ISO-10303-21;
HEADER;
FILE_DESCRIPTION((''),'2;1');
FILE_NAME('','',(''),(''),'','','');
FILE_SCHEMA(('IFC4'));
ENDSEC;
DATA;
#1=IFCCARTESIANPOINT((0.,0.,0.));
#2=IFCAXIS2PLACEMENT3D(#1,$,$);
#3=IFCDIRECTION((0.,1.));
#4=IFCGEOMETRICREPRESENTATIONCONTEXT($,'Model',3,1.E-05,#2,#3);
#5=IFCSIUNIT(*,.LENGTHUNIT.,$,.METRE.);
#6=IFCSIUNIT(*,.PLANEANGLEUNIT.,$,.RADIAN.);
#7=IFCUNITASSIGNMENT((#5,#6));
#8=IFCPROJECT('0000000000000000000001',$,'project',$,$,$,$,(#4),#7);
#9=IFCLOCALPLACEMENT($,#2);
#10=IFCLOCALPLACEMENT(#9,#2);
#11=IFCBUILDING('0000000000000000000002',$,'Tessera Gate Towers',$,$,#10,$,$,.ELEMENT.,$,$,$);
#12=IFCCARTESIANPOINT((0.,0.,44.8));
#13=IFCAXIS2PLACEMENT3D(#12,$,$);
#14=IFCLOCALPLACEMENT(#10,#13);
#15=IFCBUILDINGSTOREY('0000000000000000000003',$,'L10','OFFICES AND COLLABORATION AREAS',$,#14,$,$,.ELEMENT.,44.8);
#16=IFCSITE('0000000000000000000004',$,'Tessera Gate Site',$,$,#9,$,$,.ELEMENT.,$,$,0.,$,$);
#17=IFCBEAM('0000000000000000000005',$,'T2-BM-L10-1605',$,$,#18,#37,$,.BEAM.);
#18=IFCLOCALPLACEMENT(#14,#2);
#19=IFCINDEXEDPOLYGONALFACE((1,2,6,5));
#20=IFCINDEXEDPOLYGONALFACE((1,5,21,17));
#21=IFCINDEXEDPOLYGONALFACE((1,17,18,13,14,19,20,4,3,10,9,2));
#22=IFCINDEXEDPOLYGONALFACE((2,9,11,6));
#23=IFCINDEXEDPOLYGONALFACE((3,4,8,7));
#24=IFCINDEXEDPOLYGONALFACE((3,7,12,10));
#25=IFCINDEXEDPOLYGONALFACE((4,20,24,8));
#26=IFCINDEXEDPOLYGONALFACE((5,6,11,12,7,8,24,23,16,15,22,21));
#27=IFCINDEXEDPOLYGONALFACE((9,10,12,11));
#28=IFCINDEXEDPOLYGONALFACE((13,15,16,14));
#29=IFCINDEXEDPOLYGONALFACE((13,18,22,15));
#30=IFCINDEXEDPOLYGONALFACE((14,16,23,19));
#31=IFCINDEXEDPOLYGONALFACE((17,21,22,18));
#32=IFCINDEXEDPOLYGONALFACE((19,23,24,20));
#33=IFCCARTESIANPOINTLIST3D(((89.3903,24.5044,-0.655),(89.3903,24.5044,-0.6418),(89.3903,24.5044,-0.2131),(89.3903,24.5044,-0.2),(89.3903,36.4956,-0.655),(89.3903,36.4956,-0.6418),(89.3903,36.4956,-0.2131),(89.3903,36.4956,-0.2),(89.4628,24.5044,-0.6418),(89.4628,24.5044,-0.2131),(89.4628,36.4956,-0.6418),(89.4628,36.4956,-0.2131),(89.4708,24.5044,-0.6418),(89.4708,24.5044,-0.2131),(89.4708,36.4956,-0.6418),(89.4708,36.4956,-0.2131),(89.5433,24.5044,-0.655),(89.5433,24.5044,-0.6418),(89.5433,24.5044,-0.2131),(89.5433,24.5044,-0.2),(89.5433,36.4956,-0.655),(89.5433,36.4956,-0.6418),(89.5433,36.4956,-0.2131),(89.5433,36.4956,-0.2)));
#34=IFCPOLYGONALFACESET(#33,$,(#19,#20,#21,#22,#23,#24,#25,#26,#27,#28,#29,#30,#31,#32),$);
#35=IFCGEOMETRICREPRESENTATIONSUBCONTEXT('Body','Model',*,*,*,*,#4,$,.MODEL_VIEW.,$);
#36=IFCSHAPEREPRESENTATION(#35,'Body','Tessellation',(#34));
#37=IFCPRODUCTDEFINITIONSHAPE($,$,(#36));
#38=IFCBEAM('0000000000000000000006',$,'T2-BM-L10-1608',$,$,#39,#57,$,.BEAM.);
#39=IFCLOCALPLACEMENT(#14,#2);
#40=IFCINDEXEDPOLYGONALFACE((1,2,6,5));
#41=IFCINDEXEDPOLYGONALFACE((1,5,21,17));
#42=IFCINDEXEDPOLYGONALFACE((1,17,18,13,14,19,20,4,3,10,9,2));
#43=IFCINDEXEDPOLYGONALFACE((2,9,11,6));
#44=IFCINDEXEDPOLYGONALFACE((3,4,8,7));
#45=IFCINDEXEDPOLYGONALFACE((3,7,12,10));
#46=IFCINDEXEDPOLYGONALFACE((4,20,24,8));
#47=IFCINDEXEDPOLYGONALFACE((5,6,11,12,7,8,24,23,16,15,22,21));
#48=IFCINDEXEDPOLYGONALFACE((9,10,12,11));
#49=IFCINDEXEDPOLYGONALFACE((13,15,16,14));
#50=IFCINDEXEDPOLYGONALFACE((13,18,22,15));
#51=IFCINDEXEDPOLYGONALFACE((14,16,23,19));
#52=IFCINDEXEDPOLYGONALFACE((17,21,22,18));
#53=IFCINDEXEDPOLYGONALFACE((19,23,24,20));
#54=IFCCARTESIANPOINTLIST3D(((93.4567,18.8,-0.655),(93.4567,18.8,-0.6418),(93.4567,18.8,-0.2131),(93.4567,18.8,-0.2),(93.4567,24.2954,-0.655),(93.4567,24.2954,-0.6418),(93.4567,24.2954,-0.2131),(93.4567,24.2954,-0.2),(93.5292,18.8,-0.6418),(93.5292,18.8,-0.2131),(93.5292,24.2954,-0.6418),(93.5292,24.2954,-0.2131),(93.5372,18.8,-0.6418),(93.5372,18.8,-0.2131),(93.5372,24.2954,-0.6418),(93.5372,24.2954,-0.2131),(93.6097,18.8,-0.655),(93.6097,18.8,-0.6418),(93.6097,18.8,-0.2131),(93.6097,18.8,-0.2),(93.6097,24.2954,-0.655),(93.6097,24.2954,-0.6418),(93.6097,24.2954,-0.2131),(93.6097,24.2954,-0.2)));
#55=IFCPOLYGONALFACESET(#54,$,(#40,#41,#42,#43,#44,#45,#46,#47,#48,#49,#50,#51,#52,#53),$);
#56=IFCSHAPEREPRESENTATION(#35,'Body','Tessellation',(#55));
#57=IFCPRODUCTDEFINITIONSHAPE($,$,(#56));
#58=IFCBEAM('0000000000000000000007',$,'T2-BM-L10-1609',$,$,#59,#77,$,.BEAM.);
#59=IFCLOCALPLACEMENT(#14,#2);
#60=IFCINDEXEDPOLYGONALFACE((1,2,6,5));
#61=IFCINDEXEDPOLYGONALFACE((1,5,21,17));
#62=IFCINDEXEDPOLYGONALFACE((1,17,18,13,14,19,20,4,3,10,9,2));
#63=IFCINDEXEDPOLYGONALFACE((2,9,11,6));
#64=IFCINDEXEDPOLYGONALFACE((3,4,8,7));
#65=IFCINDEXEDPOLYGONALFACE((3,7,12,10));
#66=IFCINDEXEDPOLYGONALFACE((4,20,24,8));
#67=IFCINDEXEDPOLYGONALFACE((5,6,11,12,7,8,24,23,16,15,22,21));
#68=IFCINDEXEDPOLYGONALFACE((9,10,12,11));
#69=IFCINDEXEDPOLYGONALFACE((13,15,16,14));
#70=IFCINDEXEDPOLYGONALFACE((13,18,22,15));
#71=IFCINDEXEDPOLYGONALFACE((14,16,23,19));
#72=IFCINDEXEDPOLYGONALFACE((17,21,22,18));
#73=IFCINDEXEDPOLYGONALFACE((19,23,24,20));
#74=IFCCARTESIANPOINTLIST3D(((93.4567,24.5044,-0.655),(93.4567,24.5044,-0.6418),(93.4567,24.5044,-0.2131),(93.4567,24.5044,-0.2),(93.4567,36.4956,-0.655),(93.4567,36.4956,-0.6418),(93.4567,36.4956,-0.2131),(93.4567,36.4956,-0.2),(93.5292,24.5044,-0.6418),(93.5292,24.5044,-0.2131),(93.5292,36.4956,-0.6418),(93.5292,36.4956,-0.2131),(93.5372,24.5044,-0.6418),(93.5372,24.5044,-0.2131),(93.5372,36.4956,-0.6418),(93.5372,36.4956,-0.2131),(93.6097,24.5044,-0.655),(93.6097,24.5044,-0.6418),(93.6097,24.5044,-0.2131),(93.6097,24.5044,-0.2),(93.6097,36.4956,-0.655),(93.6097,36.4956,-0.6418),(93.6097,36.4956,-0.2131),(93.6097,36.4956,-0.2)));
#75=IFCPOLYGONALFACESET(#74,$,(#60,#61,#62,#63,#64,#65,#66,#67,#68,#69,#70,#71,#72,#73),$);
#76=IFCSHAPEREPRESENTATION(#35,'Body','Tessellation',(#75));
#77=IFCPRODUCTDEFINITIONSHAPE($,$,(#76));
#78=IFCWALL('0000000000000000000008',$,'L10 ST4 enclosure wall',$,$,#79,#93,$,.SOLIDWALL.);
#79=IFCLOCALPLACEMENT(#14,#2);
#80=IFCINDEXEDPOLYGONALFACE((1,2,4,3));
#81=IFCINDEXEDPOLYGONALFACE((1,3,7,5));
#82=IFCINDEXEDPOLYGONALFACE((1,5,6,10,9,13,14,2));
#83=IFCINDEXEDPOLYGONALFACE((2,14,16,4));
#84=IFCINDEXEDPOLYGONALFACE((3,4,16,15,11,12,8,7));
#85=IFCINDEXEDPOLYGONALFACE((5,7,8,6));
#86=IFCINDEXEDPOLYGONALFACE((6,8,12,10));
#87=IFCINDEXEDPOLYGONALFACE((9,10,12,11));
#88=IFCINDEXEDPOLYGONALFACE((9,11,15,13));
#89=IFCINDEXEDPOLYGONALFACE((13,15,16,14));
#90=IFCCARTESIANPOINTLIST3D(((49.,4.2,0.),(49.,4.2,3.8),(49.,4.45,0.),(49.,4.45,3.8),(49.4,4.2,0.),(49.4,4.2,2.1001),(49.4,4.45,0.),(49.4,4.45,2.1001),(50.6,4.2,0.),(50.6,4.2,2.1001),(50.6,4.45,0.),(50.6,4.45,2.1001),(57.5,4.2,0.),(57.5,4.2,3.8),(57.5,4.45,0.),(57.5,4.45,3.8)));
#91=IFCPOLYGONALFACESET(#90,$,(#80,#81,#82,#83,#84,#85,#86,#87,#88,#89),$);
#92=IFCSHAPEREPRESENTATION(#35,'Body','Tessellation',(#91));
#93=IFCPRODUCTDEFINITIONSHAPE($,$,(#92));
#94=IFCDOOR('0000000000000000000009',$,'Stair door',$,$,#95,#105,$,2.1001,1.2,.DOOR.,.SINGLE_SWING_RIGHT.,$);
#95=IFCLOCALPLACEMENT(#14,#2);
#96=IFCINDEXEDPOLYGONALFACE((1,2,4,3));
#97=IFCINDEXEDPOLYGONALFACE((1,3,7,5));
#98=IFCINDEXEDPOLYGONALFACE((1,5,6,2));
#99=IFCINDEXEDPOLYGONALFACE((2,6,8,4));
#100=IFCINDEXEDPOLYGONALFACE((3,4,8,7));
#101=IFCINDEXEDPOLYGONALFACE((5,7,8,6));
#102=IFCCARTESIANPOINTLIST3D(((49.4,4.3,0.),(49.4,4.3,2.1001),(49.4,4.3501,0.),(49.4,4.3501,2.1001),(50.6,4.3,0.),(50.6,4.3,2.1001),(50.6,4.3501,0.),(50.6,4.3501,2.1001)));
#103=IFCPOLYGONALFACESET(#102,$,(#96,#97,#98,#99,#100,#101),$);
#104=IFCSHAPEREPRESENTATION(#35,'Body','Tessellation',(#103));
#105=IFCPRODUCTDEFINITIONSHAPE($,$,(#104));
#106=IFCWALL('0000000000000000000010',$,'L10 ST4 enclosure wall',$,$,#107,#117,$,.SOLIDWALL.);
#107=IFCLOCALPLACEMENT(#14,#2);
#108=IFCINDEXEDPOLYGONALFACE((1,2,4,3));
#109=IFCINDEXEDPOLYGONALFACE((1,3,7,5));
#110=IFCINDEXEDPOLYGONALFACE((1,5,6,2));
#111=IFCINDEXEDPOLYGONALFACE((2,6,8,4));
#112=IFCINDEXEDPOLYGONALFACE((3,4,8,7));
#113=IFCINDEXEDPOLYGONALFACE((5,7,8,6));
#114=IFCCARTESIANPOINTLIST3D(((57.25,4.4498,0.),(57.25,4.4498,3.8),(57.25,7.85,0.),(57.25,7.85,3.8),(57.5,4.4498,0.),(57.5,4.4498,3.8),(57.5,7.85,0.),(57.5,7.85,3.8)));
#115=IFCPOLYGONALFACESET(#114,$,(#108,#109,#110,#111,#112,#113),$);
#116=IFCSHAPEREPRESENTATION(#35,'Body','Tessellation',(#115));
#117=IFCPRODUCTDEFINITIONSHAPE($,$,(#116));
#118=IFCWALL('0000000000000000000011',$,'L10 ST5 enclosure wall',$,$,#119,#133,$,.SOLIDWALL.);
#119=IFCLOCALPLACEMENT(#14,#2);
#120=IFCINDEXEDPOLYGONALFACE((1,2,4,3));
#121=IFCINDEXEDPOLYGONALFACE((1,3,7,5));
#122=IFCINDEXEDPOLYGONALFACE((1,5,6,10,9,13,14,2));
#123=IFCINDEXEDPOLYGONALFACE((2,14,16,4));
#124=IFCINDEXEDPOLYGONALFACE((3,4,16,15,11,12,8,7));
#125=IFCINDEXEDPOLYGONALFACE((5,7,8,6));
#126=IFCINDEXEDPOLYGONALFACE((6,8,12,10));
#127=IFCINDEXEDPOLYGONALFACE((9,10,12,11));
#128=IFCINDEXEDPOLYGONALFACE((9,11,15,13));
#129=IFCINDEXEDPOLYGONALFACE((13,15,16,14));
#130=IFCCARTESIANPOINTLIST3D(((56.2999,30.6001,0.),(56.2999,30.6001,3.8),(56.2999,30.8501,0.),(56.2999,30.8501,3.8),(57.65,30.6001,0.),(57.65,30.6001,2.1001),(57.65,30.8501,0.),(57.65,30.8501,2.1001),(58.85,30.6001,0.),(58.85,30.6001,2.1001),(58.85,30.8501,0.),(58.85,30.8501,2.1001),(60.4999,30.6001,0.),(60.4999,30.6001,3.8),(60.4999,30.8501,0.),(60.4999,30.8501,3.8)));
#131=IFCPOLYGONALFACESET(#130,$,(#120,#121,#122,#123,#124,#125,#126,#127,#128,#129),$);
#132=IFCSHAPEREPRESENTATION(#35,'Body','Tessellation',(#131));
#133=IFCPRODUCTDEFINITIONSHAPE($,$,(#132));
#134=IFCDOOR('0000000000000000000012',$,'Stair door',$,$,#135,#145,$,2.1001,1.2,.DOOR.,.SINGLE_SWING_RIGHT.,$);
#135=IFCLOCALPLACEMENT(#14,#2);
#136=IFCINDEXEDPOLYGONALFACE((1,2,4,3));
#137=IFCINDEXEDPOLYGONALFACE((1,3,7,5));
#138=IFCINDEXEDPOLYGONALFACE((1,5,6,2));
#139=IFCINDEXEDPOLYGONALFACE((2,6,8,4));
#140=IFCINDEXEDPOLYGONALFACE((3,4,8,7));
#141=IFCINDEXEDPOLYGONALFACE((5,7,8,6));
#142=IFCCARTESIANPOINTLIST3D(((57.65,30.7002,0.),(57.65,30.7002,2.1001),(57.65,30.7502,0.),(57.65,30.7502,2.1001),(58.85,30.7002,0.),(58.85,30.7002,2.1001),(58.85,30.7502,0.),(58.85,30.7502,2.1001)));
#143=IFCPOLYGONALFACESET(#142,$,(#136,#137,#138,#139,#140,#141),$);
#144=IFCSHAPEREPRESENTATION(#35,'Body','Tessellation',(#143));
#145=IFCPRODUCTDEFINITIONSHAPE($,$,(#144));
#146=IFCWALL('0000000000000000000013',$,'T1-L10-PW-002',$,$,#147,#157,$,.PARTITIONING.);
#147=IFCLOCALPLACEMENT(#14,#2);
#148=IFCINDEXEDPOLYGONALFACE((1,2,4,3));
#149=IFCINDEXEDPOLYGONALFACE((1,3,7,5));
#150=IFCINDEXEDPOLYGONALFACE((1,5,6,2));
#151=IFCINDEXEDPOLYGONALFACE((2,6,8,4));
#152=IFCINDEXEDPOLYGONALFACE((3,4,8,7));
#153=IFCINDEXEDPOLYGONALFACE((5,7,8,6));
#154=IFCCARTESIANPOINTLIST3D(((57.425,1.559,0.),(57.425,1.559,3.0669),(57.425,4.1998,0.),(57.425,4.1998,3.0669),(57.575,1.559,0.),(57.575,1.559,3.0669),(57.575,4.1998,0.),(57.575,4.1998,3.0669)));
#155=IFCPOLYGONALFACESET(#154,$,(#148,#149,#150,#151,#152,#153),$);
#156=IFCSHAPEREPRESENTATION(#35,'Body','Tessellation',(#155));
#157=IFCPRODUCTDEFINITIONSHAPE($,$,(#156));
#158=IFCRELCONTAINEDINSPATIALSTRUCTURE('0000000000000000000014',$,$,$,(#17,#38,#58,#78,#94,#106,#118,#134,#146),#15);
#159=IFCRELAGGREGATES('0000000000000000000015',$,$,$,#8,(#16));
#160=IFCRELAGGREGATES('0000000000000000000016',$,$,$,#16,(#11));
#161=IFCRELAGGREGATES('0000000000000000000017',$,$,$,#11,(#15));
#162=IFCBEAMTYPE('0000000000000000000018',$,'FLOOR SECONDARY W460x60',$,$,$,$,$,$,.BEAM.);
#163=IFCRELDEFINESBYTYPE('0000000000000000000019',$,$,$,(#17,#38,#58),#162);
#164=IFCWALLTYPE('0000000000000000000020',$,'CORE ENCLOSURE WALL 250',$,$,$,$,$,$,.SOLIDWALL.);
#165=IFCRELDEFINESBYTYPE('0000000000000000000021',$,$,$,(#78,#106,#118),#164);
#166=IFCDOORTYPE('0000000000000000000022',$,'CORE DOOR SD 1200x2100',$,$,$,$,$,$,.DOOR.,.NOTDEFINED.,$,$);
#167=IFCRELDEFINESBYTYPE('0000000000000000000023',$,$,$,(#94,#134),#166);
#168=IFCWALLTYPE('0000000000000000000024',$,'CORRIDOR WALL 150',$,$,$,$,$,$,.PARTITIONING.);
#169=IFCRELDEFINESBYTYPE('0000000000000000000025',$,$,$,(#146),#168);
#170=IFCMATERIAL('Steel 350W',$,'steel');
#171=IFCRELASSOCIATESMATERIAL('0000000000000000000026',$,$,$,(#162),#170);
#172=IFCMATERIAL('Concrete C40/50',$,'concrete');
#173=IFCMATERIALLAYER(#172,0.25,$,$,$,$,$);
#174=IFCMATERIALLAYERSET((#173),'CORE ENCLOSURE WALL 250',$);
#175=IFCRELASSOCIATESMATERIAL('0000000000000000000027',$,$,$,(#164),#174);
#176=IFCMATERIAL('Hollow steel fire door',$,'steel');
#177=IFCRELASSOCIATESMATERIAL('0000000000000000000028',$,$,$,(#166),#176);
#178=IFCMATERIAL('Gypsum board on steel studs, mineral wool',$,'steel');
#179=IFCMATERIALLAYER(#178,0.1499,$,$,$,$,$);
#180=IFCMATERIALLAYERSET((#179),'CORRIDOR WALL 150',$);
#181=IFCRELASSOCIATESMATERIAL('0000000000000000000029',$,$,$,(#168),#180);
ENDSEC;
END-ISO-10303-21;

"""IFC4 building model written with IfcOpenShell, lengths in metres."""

from ifc_helpers import new_model, si_unit, direction, frame, frame_2d, origin, origin_2d, place, context, subcontext, project, spatial, rectangle, i_section, extrude, source, transform, mapped, material, layer, layer_set, material_profile, profile_set, type_object, element, fill, save


model = new_model("IFC4")

# Units and contexts
model_context = context("Model", 3, precision=1e-05, world=origin(), true_north=direction((0.0, 1.0)))
body_context = subcontext(model_context, "Body", "Model", "MODEL_VIEW")
ifc_project = project(units=[si_unit("LENGTHUNIT", "METRE"), si_unit("PLANEANGLEUNIT", "RADIAN")], contexts=[model_context])

# Site, building, storey
site_placement = place(None, origin())
site = spatial("IfcSite", under=ifc_project, at=site_placement, Name="Tessera Gate Site", CompositionType="ELEMENT", RefElevation=0.0)
building_placement = place(site_placement, origin())
building = spatial("IfcBuilding", under=site, at=building_placement, Name="Tessera Gate Towers", CompositionType="ELEMENT")
storey_placement = place(building_placement, frame((0.0, 0.0, 44.8)))
storey = spatial("IfcBuildingStorey", under=building, at=storey_placement, Name="L10", Description="OFFICES AND COLLABORATION AREAS", CompositionType="ELEMENT", Elevation=44.8)

# Beams
ifc_material_1 = material(Name="Steel 350W", Category="steel")
ifc_material_profile_1 = material_profile(ifc_material_1, i_section(OverallWidth=0.1531, OverallDepth=0.4551, WebThickness=0.0081, FlangeThickness=0.0132, at=origin_2d()), Name="W460x60")
ifc_profile_set_1 = profile_set([ifc_material_profile_1], Name="Steel 350W")
beam_type_1 = type_object("IfcBeamType", Name="FLOOR SECONDARY W460x60", PredefinedType="BEAM", material=ifc_profile_set_1)
beam_1_placement = place(storey_placement, frame((89.4668, 24.5044, -0.4275), z_axis=(0.0, 1.0, 0.0), x_axis=(-1.0, 0.0, 0.0)))
element("IfcBeam", 1, at=beam_1_placement, inside=storey, type_object=beam_type_1, Name="T2-BM-L10-1605", PredefinedType="BEAM", context=body_context, shape_type="SweptSolid", body=[
    extrude(i_section(OverallWidth=0.1531, OverallDepth=0.4551, WebThickness=0.0081, FlangeThickness=0.0132, at=origin_2d()), origin(), (0.0, 0.0, 1.0), 11.9912),
])
beam_2_placement = place(storey_placement, frame((93.5332, 18.8, -0.4275), z_axis=(0.0, 1.0, 0.0), x_axis=(-1.0, 0.0, 0.0)))
element("IfcBeam", 2, at=beam_2_placement, inside=storey, type_object=beam_type_1, Name="T2-BM-L10-1608", PredefinedType="BEAM", context=body_context, shape_type="SweptSolid", body=[
    extrude(i_section(OverallWidth=0.1531, OverallDepth=0.4551, WebThickness=0.0081, FlangeThickness=0.0132, at=origin_2d()), origin(), (0.0, 0.0, 1.0), 5.4954),
])
beam_3_placement = place(storey_placement, frame((93.5332, 24.5044, -0.4275), z_axis=(0.0, 1.0, 0.0), x_axis=(-1.0, 0.0, 0.0)))
element("IfcBeam", 3, at=beam_3_placement, inside=storey, type_object=beam_type_1, Name="T2-BM-L10-1609", PredefinedType="BEAM", context=body_context, shape_type="SweptSolid", body=[
    extrude(i_section(OverallWidth=0.1531, OverallDepth=0.4551, WebThickness=0.0081, FlangeThickness=0.0132, at=origin_2d()), origin(), (0.0, 0.0, 1.0), 11.9912),
])

# Wall, opening, door
ifc_material_2 = material(Name="Concrete C40/50", Category="concrete")
ifc_layer_1 = layer(ifc_material_2, 0.25)
ifc_layer_set_1 = layer_set([ifc_layer_1], Name="CORE ENCLOSURE WALL 250")
wall_type_1 = type_object("IfcWallType", Name="CORE ENCLOSURE WALL 250", PredefinedType="SOLIDWALL", material=ifc_layer_set_1)
wall_1_placement = place(storey_placement, frame((57.5, 4.325, 0.0), z_axis=(0.0, 0.0, 1.0), x_axis=(-1.0, 0.0, 0.0)))
wall_1 = element("IfcWall", 4, at=wall_1_placement, inside=storey, type_object=wall_type_1, Name="L10 ST4 enclosure wall", PredefinedType="SOLIDWALL", context=body_context, shape_type="SweptSolid", body=[
    extrude(rectangle(XDim=8.5, YDim=0.25, at=frame_2d((4.25, 0.0))), origin(), (0.0, 0.0, 1.0), 3.8),
])
shared_shape_1 = source(origin(), body_context, "Body", "SweptSolid", [
    extrude(rectangle(XDim=1.2, YDim=2.1001, at=frame_2d((0.6001, 1.05))), frame((0.0, 0.135, 0.0), z_axis=(0.0, -1.0, 0.0), x_axis=(1.0, 0.0, 0.0)), (0.0, 0.0, 1.0), 0.27),
])
opening_1_placement = place(wall_1_placement, frame((6.8999, 0.0, 0.0)))
opening_1 = element("IfcOpeningElement", 5, at=opening_1_placement, cuts=wall_1, PredefinedType="OPENING", context=body_context, shape_type="MappedRepresentation", body=[
    mapped(shared_shape_1, transform((0.0, 0.0, 0.0), scale=1.0)),
])
ifc_material_3 = material(Name="Hollow steel fire door", Category="steel")
door_type_1 = type_object("IfcDoorType", Name="CORE DOOR SD 1200x2100", OperationType="NOTDEFINED", PredefinedType="DOOR", material=ifc_material_3)
shared_shape_2 = source(origin(), body_context, "Body", "SweptSolid", [
    extrude(rectangle(XDim=1.2, YDim=2.1001, at=frame_2d((0.6001, 1.05))), frame((0.0, 0.0249, 0.0), z_axis=(0.0, -1.0, 0.0), x_axis=(1.0, 0.0, 0.0)), (0.0, 0.0, 1.0), 0.05),
])
door_1_placement = place(opening_1_placement, origin())
door_1 = element("IfcDoor", 6, at=door_1_placement, inside=storey, type_object=door_type_1, Name="Stair door", OperationType="SINGLE_SWING_RIGHT", OverallHeight=2.1001, OverallWidth=1.2, PredefinedType="DOOR", context=body_context, shape_type="MappedRepresentation", body=[
    mapped(shared_shape_2, transform((0.0, 0.0, 0.0), scale=1.0)),
])
fill(opening_1, door_1)

# Wall
wall_2_placement = place(storey_placement, frame((57.375, 7.8501, 0.0), z_axis=(0.0, 0.0, 1.0), x_axis=(0.0, -1.0, 0.0)))
element("IfcWall", 7, at=wall_2_placement, inside=storey, type_object=wall_type_1, Name="L10 ST4 enclosure wall", PredefinedType="SOLIDWALL", context=body_context, shape_type="SweptSolid", body=[
    extrude(rectangle(XDim=3.4001, YDim=0.25, at=frame_2d((1.7002, 0.0))), origin(), (0.0, 0.0, 1.0), 3.8),
])

# Wall, opening, door
wall_3_placement = place(storey_placement, frame((60.5, 30.7251, 0.0), z_axis=(0.0, 0.0, 1.0), x_axis=(-1.0, 0.0, 0.0)))
wall_3 = element("IfcWall", 8, at=wall_3_placement, inside=storey, type_object=wall_type_1, Name="L10 ST5 enclosure wall", PredefinedType="SOLIDWALL", context=body_context, shape_type="SweptSolid", body=[
    extrude(rectangle(XDim=4.2, YDim=0.25, at=frame_2d((2.1001, 0.0))), origin(), (0.0, 0.0, 1.0), 3.8),
])
opening_2_placement = place(wall_3_placement, frame((1.6499, 0.0, 0.0)))
opening_2 = element("IfcOpeningElement", 9, at=opening_2_placement, cuts=wall_3, PredefinedType="OPENING", context=body_context, shape_type="MappedRepresentation", body=[
    mapped(shared_shape_1, transform((0.0, 0.0, 0.0), scale=1.0)),
])
door_2_placement = place(opening_2_placement, origin())
door_2 = element("IfcDoor", 10, at=door_2_placement, inside=storey, type_object=door_type_1, Name="Stair door", OperationType="SINGLE_SWING_RIGHT", OverallHeight=2.1001, OverallWidth=1.2, PredefinedType="DOOR", context=body_context, shape_type="MappedRepresentation", body=[
    mapped(shared_shape_2, transform((0.0, 0.0, 0.0), scale=1.0)),
])
fill(opening_2, door_2)

# Wall
ifc_material_4 = material(Name="Gypsum board on steel studs, mineral wool", Category="steel")
ifc_layer_2 = layer(ifc_material_4, 0.1499)
ifc_layer_set_2 = layer_set([ifc_layer_2], Name="CORRIDOR WALL 150")
wall_type_2 = type_object("IfcWallType", Name="CORRIDOR WALL 150", PredefinedType="PARTITIONING", material=ifc_layer_set_2)
wall_4_placement = place(storey_placement, frame((57.5, 1.5591, 0.0), z_axis=(0.0, 0.0, 1.0), x_axis=(0.0, 1.0, 0.0)))
element("IfcWall", 11, at=wall_4_placement, inside=storey, type_object=wall_type_2, Name="T1-L10-PW-002", PredefinedType="PARTITIONING", context=body_context, shape_type="SweptSolid", body=[
    extrude(rectangle(XDim=2.6409, YDim=0.1499, at=frame_2d((1.3203, 0.0))), origin(), (0.0, 0.0, 1.0), 3.0669),
])

save(model, "model.ifc")
